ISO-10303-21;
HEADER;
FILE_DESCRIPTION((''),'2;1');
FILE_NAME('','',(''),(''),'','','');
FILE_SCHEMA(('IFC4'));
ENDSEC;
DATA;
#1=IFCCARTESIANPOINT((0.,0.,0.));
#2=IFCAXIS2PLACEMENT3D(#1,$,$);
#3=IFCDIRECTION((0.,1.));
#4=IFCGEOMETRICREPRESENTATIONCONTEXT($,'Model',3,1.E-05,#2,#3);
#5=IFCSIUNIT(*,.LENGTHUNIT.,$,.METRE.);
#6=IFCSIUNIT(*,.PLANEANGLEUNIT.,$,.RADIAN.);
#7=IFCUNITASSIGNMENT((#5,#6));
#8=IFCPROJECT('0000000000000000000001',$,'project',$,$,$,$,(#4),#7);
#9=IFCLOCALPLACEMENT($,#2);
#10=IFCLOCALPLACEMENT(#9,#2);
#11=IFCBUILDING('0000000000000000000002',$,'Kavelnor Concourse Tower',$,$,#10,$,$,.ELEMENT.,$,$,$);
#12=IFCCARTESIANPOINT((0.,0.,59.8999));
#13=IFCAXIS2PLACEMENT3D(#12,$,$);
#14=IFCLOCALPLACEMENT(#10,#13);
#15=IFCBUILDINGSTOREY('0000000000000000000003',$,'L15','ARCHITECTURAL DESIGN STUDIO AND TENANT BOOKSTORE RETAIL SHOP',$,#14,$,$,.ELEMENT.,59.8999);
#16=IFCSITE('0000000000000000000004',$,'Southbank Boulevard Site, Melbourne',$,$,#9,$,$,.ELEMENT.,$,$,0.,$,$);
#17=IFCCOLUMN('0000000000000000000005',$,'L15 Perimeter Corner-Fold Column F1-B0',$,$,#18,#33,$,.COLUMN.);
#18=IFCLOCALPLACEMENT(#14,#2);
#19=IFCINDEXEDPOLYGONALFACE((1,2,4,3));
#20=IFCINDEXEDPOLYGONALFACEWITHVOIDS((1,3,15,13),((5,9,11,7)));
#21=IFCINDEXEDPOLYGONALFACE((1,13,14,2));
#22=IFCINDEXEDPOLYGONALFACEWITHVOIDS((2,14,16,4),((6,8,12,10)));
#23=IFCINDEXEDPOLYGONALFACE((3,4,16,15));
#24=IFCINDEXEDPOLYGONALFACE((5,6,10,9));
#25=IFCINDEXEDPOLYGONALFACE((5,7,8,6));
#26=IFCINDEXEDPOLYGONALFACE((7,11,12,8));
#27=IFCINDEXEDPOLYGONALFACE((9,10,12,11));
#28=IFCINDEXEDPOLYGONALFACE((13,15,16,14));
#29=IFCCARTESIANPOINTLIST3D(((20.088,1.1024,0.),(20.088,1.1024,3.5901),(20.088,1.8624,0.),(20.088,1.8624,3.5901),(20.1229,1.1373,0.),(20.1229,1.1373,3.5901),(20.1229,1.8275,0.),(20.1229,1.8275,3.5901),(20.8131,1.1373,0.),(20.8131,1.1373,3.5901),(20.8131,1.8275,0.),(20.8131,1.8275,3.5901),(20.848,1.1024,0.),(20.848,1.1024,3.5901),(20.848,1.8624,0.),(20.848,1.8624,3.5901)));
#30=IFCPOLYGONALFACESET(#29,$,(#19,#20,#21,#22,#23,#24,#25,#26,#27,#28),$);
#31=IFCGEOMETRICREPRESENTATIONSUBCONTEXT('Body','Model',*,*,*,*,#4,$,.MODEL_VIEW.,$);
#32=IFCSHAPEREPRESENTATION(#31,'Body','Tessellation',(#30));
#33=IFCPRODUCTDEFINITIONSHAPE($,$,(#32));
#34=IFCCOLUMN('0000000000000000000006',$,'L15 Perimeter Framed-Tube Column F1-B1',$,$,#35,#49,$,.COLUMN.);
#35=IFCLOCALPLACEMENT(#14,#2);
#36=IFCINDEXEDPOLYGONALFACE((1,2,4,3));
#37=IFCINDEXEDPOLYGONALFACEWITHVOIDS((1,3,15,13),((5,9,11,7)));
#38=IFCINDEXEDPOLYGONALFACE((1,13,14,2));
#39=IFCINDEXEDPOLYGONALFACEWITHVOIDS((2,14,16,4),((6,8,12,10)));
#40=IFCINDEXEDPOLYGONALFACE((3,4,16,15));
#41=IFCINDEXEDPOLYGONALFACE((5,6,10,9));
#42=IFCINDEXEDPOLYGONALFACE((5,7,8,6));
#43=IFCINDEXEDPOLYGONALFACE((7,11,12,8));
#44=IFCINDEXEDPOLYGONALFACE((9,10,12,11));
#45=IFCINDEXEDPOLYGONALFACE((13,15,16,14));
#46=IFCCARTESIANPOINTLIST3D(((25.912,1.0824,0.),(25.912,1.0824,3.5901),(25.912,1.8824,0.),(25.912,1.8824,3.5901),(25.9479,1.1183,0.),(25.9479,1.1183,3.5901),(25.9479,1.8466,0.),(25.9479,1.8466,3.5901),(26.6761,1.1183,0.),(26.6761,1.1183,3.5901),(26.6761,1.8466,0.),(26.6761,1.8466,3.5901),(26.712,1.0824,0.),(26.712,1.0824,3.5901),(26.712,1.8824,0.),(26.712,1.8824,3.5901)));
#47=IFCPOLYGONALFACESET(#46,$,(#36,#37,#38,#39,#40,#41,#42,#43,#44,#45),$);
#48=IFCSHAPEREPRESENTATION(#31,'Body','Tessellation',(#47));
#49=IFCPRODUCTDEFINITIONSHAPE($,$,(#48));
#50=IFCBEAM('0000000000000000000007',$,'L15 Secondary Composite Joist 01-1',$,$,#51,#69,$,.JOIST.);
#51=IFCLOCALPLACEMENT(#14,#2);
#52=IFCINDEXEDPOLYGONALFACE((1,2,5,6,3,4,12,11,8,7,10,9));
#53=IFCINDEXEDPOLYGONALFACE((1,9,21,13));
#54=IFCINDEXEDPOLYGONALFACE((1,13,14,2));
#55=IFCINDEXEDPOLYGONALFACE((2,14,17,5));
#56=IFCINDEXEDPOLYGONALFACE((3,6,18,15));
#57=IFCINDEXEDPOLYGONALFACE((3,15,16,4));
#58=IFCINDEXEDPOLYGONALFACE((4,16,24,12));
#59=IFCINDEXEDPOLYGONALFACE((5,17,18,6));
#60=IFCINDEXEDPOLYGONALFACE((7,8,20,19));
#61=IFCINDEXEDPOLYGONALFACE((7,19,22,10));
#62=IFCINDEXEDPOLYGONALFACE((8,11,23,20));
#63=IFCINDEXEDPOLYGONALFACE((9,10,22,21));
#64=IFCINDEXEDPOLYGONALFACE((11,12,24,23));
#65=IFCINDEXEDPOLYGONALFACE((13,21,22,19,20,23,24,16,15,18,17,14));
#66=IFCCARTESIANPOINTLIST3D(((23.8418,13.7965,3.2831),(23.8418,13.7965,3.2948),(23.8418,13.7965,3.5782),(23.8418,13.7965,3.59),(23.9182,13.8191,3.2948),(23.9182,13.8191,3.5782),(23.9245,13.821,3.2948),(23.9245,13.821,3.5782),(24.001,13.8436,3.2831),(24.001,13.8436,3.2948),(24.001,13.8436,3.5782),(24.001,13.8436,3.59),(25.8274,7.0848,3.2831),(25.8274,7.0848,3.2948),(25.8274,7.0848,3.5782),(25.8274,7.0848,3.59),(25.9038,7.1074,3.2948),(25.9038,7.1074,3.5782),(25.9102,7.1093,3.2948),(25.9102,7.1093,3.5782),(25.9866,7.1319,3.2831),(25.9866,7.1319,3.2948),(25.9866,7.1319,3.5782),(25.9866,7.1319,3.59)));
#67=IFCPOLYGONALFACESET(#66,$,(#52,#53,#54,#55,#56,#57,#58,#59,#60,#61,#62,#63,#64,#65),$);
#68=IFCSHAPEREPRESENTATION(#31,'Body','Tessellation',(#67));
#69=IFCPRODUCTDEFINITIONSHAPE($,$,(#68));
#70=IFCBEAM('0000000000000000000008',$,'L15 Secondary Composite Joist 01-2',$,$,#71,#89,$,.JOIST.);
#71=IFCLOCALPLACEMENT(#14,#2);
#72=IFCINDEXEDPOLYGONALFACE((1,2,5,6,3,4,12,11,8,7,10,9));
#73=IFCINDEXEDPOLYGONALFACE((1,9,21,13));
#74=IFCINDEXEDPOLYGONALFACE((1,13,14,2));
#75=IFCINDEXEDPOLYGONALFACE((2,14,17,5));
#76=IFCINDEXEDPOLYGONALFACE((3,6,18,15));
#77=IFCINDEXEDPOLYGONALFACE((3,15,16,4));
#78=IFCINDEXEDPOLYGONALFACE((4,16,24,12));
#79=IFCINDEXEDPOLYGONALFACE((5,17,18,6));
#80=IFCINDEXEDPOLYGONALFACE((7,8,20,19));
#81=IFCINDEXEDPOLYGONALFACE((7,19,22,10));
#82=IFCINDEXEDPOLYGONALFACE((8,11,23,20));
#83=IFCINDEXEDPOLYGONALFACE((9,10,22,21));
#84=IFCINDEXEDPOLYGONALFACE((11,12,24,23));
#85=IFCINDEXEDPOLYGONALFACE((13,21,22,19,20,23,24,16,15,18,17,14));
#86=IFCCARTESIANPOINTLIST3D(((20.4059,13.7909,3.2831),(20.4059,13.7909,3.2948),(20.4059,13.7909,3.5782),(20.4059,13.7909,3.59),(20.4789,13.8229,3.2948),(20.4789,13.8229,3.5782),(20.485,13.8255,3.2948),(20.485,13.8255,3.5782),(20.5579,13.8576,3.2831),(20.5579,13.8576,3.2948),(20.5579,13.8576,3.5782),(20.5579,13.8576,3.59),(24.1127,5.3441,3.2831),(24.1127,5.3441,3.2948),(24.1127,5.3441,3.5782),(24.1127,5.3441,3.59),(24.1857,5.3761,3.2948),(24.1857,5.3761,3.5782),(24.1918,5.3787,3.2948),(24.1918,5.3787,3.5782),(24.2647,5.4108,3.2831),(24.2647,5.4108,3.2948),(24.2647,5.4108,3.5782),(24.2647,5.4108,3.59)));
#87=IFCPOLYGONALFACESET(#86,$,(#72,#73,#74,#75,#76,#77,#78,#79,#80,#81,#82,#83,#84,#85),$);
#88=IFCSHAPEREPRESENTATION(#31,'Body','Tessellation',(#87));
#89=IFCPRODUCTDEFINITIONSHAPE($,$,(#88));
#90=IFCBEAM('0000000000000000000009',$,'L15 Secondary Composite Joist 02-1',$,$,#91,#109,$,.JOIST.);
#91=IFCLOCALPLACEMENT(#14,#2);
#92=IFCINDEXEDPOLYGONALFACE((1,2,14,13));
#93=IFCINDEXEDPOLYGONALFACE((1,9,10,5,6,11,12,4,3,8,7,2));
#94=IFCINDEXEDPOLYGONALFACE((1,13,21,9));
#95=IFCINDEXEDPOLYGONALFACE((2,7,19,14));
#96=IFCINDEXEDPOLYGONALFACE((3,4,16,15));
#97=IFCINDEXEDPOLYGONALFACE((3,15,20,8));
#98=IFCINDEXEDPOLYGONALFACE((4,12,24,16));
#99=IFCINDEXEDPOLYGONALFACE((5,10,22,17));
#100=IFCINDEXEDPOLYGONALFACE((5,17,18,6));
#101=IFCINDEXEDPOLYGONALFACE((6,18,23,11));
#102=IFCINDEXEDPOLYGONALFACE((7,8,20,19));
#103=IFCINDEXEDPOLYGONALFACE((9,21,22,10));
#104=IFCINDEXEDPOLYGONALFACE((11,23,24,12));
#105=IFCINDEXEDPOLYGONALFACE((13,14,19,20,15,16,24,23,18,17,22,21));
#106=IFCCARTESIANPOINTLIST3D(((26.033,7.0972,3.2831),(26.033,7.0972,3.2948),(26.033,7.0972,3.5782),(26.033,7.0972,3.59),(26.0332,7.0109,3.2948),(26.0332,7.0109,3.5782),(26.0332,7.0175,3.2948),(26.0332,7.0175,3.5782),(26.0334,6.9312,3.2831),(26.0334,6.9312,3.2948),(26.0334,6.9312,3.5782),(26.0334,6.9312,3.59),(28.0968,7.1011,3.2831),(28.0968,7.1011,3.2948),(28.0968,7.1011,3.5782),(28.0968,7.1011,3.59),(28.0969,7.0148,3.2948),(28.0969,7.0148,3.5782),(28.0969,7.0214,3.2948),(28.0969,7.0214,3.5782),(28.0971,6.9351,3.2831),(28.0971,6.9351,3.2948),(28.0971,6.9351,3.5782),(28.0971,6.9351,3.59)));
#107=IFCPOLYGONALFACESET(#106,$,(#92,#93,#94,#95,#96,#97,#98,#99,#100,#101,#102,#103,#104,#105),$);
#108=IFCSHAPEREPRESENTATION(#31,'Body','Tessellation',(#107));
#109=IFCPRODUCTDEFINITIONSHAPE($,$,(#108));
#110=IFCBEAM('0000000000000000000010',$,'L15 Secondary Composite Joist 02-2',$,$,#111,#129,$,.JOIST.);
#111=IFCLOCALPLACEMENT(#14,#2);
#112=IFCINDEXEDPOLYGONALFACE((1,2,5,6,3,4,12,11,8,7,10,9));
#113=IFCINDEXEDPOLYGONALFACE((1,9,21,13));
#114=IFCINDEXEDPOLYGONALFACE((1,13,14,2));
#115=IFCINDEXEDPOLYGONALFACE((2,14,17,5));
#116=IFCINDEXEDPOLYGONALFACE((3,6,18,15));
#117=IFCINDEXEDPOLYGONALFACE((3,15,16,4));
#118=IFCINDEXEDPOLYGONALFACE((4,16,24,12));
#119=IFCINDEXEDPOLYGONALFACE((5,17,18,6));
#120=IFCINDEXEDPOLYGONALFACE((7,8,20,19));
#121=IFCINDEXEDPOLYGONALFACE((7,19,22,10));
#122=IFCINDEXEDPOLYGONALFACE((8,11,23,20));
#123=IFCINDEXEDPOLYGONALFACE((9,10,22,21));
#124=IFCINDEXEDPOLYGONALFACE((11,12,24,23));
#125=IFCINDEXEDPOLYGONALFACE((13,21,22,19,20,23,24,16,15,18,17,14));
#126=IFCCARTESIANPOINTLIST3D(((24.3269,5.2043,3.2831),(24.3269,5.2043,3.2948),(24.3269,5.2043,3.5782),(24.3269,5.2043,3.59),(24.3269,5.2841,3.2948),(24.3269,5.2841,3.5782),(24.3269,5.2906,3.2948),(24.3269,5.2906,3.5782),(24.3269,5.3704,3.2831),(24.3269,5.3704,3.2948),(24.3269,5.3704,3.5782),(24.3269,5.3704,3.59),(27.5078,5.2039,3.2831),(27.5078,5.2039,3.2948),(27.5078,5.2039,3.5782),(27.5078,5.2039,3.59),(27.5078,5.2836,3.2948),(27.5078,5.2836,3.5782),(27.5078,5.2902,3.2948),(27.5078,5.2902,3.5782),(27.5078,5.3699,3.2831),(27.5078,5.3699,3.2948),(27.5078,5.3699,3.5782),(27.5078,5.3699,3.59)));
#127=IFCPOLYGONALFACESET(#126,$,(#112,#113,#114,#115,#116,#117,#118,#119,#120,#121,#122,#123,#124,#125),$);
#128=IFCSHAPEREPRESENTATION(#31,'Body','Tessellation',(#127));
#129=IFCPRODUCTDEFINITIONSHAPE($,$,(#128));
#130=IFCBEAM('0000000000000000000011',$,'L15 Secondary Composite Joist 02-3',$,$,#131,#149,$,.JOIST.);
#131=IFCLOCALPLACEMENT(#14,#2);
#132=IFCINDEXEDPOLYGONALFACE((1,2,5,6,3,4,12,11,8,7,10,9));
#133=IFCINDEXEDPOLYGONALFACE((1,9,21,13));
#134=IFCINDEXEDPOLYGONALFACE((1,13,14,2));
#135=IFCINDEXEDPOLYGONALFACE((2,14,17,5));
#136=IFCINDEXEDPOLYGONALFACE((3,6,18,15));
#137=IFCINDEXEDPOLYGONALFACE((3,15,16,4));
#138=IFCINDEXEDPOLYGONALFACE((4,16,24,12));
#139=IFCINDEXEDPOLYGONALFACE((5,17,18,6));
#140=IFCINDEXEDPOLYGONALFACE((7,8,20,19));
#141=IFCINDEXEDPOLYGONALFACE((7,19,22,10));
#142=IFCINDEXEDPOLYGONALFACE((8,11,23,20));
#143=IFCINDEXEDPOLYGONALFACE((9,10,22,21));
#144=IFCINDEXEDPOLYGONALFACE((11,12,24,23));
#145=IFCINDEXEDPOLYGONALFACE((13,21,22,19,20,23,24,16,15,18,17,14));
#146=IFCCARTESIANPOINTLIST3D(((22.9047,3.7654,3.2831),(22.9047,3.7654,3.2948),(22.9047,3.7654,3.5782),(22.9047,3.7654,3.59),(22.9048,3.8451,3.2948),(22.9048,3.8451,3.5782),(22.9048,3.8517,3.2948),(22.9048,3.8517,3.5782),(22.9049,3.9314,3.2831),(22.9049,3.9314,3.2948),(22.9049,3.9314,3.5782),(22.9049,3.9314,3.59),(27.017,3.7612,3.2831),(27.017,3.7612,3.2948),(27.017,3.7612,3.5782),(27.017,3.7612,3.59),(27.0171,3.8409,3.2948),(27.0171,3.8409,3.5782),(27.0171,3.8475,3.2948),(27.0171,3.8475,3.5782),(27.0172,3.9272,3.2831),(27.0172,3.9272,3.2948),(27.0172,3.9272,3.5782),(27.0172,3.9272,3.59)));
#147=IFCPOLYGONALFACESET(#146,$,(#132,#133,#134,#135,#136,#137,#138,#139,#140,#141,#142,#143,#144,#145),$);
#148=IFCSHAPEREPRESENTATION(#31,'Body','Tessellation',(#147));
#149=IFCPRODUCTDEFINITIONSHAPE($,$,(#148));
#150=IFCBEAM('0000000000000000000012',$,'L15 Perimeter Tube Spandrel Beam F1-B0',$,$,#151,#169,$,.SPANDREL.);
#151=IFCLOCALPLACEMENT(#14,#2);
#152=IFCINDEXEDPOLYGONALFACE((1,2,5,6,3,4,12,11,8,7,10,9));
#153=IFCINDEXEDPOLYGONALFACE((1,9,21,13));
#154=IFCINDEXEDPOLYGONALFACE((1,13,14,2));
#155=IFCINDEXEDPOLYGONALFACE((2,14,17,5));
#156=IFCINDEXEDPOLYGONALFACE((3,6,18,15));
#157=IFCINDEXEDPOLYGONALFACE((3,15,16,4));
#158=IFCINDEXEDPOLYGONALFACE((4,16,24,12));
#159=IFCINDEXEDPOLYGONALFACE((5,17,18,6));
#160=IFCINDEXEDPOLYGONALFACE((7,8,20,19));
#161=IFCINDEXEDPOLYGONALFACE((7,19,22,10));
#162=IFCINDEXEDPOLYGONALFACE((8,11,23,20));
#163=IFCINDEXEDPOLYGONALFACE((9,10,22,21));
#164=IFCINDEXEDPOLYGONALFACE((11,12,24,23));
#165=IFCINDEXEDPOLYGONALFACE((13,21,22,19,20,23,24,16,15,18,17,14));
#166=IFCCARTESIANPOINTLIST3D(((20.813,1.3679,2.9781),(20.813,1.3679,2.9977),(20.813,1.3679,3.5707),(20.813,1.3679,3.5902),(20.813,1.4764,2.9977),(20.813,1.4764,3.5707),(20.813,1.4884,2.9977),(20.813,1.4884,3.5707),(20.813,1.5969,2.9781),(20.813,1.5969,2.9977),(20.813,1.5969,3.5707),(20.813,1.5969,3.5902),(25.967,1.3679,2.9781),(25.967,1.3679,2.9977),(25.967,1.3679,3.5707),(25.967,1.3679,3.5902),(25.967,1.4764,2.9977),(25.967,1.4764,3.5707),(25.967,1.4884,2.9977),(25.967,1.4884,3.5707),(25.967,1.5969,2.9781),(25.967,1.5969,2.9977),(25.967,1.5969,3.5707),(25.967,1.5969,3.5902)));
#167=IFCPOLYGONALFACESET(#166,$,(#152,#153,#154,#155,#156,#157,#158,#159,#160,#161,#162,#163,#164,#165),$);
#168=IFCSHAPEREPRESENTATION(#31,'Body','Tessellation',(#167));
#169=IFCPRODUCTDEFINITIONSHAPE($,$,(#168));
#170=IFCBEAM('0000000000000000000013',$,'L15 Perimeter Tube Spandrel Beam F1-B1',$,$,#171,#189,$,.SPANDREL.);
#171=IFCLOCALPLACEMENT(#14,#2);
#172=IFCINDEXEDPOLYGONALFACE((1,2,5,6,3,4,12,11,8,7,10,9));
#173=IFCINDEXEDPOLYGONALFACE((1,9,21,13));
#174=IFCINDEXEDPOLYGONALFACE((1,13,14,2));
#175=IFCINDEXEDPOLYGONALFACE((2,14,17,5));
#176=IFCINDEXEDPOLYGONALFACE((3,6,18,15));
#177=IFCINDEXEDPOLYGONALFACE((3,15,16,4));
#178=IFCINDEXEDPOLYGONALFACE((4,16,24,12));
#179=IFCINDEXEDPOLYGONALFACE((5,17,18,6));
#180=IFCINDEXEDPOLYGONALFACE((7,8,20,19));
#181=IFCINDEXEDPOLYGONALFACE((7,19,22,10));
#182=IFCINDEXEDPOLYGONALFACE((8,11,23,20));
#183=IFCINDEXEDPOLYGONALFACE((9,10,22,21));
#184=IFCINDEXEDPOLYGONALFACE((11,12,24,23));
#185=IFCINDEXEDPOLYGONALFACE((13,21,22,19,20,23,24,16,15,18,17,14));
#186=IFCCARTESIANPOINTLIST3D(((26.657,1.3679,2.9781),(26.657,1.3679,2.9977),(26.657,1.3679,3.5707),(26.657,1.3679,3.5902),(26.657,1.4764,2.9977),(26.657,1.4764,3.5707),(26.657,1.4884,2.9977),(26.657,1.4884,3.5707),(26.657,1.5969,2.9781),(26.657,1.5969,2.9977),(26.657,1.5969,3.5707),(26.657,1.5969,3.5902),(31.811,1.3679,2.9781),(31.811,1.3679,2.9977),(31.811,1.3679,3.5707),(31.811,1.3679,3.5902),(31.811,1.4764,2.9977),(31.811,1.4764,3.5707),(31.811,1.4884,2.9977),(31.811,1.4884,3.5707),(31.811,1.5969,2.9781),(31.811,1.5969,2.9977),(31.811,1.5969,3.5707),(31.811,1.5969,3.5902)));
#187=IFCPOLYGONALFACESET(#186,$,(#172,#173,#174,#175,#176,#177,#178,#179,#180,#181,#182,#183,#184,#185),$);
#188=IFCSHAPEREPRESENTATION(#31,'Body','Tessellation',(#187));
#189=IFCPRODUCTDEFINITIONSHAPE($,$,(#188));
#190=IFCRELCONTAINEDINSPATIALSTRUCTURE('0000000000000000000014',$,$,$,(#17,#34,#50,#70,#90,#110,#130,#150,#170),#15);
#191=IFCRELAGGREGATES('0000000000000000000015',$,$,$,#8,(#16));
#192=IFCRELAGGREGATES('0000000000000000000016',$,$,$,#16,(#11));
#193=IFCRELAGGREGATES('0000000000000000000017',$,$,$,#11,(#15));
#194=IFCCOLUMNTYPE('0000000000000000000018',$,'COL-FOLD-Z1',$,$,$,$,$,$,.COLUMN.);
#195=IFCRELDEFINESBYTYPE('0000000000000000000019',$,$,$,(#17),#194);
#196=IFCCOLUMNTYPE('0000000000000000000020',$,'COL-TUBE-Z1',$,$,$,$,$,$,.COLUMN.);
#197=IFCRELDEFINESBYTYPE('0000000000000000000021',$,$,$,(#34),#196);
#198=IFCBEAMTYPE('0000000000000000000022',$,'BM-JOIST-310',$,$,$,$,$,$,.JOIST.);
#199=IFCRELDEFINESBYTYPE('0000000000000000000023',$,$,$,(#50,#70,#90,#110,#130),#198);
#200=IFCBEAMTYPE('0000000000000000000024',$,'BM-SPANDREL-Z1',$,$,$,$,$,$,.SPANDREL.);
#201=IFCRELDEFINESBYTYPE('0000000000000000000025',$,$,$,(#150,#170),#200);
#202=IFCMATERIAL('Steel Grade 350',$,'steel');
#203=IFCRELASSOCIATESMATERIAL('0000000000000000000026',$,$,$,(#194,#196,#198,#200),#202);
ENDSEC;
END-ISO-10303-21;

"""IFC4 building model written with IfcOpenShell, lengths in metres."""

from ifc_helpers import new_model, si_unit, direction, frame, origin, origin_2d, place, context, subcontext, project, spatial, hollow_rectangle, i_section, extrude, material, material_profile, profile_set, type_object, element, save


model = new_model("IFC4")

# Units and contexts
model_context = context("Model", 3, precision=1e-05, world=origin(), true_north=direction((0.0, 1.0)))
body_context = subcontext(model_context, "Body", "Model", "MODEL_VIEW")
ifc_project = project(units=[si_unit("LENGTHUNIT", "METRE"), si_unit("PLANEANGLEUNIT", "RADIAN")], contexts=[model_context])

# Site, building, storey
site_placement = place(None, origin())
site = spatial("IfcSite", under=ifc_project, at=site_placement, Name="Southbank Boulevard Site, Melbourne", CompositionType="ELEMENT", RefElevation=0.0)
building_placement = place(site_placement, origin())
building = spatial("IfcBuilding", under=site, at=building_placement, Name="Kavelnor Concourse Tower", CompositionType="ELEMENT")
storey_placement = place(building_placement, frame((0.0, 0.0, 59.8999)))
storey = spatial("IfcBuildingStorey", under=building, at=storey_placement, Name="L15", Description="ARCHITECTURAL DESIGN STUDIO AND TENANT BOOKSTORE RETAIL SHOP", CompositionType="ELEMENT", Elevation=59.8999)

# Columns
ifc_material_1 = material(Name="Steel Grade 350", Category="steel")
ifc_material_profile_1 = material_profile(ifc_material_1, hollow_rectangle(XDim=0.76, YDim=0.76, WallThickness=0.0349, at=origin_2d()), Name="SHS 760x760x35")
ifc_profile_set_1 = profile_set([ifc_material_profile_1], Name="Steel Grade 350")
column_type_1 = type_object("IfcColumnType", Name="COL-FOLD-Z1", PredefinedType="COLUMN", material=ifc_profile_set_1)
column_1_placement = place(storey_placement, frame((20.468, 1.4824, 0.0), z_axis=(0.0, 0.0, 1.0), x_axis=(1.0, 0.0, 0.0)))
element("IfcColumn", 1, at=column_1_placement, inside=storey, type_object=column_type_1, Name="L15 Perimeter Corner-Fold Column F1-B0", PredefinedType="COLUMN", context=body_context, shape_type="SweptSolid", body=[
    extrude(hollow_rectangle(XDim=0.76, YDim=0.76, WallThickness=0.0349, at=origin_2d()), origin(), (0.0, 0.0, 1.0), 3.5901),
])
ifc_material_profile_2 = material_profile(ifc_material_1, hollow_rectangle(XDim=0.8, YDim=0.8, WallThickness=0.0359, at=origin_2d()), Name="SHS 800x800x36")
ifc_profile_set_2 = profile_set([ifc_material_profile_2], Name="Steel Grade 350")
column_type_2 = type_object("IfcColumnType", Name="COL-TUBE-Z1", PredefinedType="COLUMN", material=ifc_profile_set_2)
column_2_placement = place(storey_placement, frame((26.312, 1.4824, 0.0), z_axis=(0.0, 0.0, 1.0), x_axis=(1.0, 0.0, 0.0)))
element("IfcColumn", 2, at=column_2_placement, inside=storey, type_object=column_type_2, Name="L15 Perimeter Framed-Tube Column F1-B1", PredefinedType="COLUMN", context=body_context, shape_type="SweptSolid", body=[
    extrude(hollow_rectangle(XDim=0.8, YDim=0.8, WallThickness=0.0359, at=origin_2d()), origin(), (0.0, 0.0, 1.0), 3.5901),
])

# Beams
ifc_material_profile_3 = material_profile(ifc_material_1, i_section(OverallWidth=0.166, OverallDepth=0.3069, WebThickness=0.0066, FlangeThickness=0.0117, at=origin_2d()), Name="310UB46")
ifc_profile_set_3 = profile_set([ifc_material_profile_3], Name="Steel Grade 350")
beam_type_1 = type_object("IfcBeamType", Name="BM-JOIST-310", PredefinedType="JOIST", material=ifc_profile_set_3)
beam_1_placement = place(storey_placement, frame((23.9214, 13.8201, 3.4365), z_axis=(0.283688, -0.958917, 0.0), x_axis=(0.958917, 0.283688, 0.0)))
element("IfcBeam", 3, at=beam_1_placement, inside=storey, type_object=beam_type_1, Name="L15 Secondary Composite Joist 01-1", PredefinedType="JOIST", context=body_context, shape_type="SweptSolid", body=[
    extrude(i_section(OverallWidth=0.166, OverallDepth=0.3069, WebThickness=0.0066, FlangeThickness=0.0117, at=origin_2d()), origin(), (0.0, 0.0, 1.0), 6.9993),
])
beam_2_placement = place(storey_placement, frame((20.4819, 13.8242, 3.4365), z_axis=(0.401849, -0.915706, 0.0), x_axis=(0.915706, 0.401849, 0.0)))
element("IfcBeam", 4, at=beam_2_placement, inside=storey, type_object=beam_type_1, Name="L15 Secondary Composite Joist 01-2", PredefinedType="JOIST", context=body_context, shape_type="SweptSolid", body=[
    extrude(i_section(OverallWidth=0.166, OverallDepth=0.3069, WebThickness=0.0066, FlangeThickness=0.0117, at=origin_2d()), origin(), (0.0, 0.0, 1.0), 9.2244),
])
beam_3_placement = place(storey_placement, frame((26.0332, 7.0142, 3.4365), z_axis=(0.999998, 0.001893, 0.0), x_axis=(-0.001893, 0.999998, 0.0)))
element("IfcBeam", 5, at=beam_3_placement, inside=storey, type_object=beam_type_1, Name="L15 Secondary Composite Joist 02-1", PredefinedType="JOIST", context=body_context, shape_type="SweptSolid", body=[
    extrude(i_section(OverallWidth=0.166, OverallDepth=0.3069, WebThickness=0.0066, FlangeThickness=0.0117, at=origin_2d()), origin(), (0.0, 0.0, 1.0), 2.0637),
])
beam_4_placement = place(storey_placement, frame((24.3269, 5.2874, 3.4365), z_axis=(1.0, -0.000154, 0.0), x_axis=(0.000154, 1.0, 0.0)))
element("IfcBeam", 6, at=beam_4_placement, inside=storey, type_object=beam_type_1, Name="L15 Secondary Composite Joist 02-2", PredefinedType="JOIST", context=body_context, shape_type="SweptSolid", body=[
    extrude(i_section(OverallWidth=0.166, OverallDepth=0.3069, WebThickness=0.0066, FlangeThickness=0.0117, at=origin_2d()), origin(), (0.0, 0.0, 1.0), 3.1809),
])
beam_5_placement = place(storey_placement, frame((22.9048, 3.8484, 3.4365), z_axis=(0.999999, -0.001009, 0.0), x_axis=(0.001009, 0.999999, 0.0)))
element("IfcBeam", 7, at=beam_5_placement, inside=storey, type_object=beam_type_1, Name="L15 Secondary Composite Joist 02-3", PredefinedType="JOIST", context=body_context, shape_type="SweptSolid", body=[
    extrude(i_section(OverallWidth=0.166, OverallDepth=0.3069, WebThickness=0.0066, FlangeThickness=0.0117, at=origin_2d()), origin(), (0.0, 0.0, 1.0), 4.1123),
])
ifc_material_profile_4 = material_profile(ifc_material_1, i_section(OverallWidth=0.229, OverallDepth=0.6121, WebThickness=0.012, FlangeThickness=0.0195, at=origin_2d()), Name="610UB125")
ifc_profile_set_4 = profile_set([ifc_material_profile_4], Name="Steel Grade 350")
beam_type_2 = type_object("IfcBeamType", Name="BM-SPANDREL-Z1", PredefinedType="SPANDREL", material=ifc_profile_set_4)
for number, where, z_axis, x_axis, name in (
    (8, (20.813, 1.4824, 3.2842), (1.0, 0.0, 0.0), (0.0, 1.0, 0.0), "L15 Perimeter Tube Spandrel Beam F1-B0"),
    (9, (26.657, 1.4824, 3.2842), (1.0, 0.0, 0.0), (0.0, 1.0, 0.0), "L15 Perimeter Tube Spandrel Beam F1-B1"),
):
    element("IfcBeam", number, at=place(storey_placement, frame(where, z_axis=z_axis, x_axis=x_axis)), inside=storey, type_object=beam_type_2, Name=name, PredefinedType="SPANDREL", context=body_context, shape_type="SweptSolid", body=[
        extrude(i_section(OverallWidth=0.229, OverallDepth=0.6121, WebThickness=0.012, FlangeThickness=0.0195, at=origin_2d()), origin(), (0.0, 0.0, 1.0), 5.1541),
    ])

save(model, "model.ifc")
